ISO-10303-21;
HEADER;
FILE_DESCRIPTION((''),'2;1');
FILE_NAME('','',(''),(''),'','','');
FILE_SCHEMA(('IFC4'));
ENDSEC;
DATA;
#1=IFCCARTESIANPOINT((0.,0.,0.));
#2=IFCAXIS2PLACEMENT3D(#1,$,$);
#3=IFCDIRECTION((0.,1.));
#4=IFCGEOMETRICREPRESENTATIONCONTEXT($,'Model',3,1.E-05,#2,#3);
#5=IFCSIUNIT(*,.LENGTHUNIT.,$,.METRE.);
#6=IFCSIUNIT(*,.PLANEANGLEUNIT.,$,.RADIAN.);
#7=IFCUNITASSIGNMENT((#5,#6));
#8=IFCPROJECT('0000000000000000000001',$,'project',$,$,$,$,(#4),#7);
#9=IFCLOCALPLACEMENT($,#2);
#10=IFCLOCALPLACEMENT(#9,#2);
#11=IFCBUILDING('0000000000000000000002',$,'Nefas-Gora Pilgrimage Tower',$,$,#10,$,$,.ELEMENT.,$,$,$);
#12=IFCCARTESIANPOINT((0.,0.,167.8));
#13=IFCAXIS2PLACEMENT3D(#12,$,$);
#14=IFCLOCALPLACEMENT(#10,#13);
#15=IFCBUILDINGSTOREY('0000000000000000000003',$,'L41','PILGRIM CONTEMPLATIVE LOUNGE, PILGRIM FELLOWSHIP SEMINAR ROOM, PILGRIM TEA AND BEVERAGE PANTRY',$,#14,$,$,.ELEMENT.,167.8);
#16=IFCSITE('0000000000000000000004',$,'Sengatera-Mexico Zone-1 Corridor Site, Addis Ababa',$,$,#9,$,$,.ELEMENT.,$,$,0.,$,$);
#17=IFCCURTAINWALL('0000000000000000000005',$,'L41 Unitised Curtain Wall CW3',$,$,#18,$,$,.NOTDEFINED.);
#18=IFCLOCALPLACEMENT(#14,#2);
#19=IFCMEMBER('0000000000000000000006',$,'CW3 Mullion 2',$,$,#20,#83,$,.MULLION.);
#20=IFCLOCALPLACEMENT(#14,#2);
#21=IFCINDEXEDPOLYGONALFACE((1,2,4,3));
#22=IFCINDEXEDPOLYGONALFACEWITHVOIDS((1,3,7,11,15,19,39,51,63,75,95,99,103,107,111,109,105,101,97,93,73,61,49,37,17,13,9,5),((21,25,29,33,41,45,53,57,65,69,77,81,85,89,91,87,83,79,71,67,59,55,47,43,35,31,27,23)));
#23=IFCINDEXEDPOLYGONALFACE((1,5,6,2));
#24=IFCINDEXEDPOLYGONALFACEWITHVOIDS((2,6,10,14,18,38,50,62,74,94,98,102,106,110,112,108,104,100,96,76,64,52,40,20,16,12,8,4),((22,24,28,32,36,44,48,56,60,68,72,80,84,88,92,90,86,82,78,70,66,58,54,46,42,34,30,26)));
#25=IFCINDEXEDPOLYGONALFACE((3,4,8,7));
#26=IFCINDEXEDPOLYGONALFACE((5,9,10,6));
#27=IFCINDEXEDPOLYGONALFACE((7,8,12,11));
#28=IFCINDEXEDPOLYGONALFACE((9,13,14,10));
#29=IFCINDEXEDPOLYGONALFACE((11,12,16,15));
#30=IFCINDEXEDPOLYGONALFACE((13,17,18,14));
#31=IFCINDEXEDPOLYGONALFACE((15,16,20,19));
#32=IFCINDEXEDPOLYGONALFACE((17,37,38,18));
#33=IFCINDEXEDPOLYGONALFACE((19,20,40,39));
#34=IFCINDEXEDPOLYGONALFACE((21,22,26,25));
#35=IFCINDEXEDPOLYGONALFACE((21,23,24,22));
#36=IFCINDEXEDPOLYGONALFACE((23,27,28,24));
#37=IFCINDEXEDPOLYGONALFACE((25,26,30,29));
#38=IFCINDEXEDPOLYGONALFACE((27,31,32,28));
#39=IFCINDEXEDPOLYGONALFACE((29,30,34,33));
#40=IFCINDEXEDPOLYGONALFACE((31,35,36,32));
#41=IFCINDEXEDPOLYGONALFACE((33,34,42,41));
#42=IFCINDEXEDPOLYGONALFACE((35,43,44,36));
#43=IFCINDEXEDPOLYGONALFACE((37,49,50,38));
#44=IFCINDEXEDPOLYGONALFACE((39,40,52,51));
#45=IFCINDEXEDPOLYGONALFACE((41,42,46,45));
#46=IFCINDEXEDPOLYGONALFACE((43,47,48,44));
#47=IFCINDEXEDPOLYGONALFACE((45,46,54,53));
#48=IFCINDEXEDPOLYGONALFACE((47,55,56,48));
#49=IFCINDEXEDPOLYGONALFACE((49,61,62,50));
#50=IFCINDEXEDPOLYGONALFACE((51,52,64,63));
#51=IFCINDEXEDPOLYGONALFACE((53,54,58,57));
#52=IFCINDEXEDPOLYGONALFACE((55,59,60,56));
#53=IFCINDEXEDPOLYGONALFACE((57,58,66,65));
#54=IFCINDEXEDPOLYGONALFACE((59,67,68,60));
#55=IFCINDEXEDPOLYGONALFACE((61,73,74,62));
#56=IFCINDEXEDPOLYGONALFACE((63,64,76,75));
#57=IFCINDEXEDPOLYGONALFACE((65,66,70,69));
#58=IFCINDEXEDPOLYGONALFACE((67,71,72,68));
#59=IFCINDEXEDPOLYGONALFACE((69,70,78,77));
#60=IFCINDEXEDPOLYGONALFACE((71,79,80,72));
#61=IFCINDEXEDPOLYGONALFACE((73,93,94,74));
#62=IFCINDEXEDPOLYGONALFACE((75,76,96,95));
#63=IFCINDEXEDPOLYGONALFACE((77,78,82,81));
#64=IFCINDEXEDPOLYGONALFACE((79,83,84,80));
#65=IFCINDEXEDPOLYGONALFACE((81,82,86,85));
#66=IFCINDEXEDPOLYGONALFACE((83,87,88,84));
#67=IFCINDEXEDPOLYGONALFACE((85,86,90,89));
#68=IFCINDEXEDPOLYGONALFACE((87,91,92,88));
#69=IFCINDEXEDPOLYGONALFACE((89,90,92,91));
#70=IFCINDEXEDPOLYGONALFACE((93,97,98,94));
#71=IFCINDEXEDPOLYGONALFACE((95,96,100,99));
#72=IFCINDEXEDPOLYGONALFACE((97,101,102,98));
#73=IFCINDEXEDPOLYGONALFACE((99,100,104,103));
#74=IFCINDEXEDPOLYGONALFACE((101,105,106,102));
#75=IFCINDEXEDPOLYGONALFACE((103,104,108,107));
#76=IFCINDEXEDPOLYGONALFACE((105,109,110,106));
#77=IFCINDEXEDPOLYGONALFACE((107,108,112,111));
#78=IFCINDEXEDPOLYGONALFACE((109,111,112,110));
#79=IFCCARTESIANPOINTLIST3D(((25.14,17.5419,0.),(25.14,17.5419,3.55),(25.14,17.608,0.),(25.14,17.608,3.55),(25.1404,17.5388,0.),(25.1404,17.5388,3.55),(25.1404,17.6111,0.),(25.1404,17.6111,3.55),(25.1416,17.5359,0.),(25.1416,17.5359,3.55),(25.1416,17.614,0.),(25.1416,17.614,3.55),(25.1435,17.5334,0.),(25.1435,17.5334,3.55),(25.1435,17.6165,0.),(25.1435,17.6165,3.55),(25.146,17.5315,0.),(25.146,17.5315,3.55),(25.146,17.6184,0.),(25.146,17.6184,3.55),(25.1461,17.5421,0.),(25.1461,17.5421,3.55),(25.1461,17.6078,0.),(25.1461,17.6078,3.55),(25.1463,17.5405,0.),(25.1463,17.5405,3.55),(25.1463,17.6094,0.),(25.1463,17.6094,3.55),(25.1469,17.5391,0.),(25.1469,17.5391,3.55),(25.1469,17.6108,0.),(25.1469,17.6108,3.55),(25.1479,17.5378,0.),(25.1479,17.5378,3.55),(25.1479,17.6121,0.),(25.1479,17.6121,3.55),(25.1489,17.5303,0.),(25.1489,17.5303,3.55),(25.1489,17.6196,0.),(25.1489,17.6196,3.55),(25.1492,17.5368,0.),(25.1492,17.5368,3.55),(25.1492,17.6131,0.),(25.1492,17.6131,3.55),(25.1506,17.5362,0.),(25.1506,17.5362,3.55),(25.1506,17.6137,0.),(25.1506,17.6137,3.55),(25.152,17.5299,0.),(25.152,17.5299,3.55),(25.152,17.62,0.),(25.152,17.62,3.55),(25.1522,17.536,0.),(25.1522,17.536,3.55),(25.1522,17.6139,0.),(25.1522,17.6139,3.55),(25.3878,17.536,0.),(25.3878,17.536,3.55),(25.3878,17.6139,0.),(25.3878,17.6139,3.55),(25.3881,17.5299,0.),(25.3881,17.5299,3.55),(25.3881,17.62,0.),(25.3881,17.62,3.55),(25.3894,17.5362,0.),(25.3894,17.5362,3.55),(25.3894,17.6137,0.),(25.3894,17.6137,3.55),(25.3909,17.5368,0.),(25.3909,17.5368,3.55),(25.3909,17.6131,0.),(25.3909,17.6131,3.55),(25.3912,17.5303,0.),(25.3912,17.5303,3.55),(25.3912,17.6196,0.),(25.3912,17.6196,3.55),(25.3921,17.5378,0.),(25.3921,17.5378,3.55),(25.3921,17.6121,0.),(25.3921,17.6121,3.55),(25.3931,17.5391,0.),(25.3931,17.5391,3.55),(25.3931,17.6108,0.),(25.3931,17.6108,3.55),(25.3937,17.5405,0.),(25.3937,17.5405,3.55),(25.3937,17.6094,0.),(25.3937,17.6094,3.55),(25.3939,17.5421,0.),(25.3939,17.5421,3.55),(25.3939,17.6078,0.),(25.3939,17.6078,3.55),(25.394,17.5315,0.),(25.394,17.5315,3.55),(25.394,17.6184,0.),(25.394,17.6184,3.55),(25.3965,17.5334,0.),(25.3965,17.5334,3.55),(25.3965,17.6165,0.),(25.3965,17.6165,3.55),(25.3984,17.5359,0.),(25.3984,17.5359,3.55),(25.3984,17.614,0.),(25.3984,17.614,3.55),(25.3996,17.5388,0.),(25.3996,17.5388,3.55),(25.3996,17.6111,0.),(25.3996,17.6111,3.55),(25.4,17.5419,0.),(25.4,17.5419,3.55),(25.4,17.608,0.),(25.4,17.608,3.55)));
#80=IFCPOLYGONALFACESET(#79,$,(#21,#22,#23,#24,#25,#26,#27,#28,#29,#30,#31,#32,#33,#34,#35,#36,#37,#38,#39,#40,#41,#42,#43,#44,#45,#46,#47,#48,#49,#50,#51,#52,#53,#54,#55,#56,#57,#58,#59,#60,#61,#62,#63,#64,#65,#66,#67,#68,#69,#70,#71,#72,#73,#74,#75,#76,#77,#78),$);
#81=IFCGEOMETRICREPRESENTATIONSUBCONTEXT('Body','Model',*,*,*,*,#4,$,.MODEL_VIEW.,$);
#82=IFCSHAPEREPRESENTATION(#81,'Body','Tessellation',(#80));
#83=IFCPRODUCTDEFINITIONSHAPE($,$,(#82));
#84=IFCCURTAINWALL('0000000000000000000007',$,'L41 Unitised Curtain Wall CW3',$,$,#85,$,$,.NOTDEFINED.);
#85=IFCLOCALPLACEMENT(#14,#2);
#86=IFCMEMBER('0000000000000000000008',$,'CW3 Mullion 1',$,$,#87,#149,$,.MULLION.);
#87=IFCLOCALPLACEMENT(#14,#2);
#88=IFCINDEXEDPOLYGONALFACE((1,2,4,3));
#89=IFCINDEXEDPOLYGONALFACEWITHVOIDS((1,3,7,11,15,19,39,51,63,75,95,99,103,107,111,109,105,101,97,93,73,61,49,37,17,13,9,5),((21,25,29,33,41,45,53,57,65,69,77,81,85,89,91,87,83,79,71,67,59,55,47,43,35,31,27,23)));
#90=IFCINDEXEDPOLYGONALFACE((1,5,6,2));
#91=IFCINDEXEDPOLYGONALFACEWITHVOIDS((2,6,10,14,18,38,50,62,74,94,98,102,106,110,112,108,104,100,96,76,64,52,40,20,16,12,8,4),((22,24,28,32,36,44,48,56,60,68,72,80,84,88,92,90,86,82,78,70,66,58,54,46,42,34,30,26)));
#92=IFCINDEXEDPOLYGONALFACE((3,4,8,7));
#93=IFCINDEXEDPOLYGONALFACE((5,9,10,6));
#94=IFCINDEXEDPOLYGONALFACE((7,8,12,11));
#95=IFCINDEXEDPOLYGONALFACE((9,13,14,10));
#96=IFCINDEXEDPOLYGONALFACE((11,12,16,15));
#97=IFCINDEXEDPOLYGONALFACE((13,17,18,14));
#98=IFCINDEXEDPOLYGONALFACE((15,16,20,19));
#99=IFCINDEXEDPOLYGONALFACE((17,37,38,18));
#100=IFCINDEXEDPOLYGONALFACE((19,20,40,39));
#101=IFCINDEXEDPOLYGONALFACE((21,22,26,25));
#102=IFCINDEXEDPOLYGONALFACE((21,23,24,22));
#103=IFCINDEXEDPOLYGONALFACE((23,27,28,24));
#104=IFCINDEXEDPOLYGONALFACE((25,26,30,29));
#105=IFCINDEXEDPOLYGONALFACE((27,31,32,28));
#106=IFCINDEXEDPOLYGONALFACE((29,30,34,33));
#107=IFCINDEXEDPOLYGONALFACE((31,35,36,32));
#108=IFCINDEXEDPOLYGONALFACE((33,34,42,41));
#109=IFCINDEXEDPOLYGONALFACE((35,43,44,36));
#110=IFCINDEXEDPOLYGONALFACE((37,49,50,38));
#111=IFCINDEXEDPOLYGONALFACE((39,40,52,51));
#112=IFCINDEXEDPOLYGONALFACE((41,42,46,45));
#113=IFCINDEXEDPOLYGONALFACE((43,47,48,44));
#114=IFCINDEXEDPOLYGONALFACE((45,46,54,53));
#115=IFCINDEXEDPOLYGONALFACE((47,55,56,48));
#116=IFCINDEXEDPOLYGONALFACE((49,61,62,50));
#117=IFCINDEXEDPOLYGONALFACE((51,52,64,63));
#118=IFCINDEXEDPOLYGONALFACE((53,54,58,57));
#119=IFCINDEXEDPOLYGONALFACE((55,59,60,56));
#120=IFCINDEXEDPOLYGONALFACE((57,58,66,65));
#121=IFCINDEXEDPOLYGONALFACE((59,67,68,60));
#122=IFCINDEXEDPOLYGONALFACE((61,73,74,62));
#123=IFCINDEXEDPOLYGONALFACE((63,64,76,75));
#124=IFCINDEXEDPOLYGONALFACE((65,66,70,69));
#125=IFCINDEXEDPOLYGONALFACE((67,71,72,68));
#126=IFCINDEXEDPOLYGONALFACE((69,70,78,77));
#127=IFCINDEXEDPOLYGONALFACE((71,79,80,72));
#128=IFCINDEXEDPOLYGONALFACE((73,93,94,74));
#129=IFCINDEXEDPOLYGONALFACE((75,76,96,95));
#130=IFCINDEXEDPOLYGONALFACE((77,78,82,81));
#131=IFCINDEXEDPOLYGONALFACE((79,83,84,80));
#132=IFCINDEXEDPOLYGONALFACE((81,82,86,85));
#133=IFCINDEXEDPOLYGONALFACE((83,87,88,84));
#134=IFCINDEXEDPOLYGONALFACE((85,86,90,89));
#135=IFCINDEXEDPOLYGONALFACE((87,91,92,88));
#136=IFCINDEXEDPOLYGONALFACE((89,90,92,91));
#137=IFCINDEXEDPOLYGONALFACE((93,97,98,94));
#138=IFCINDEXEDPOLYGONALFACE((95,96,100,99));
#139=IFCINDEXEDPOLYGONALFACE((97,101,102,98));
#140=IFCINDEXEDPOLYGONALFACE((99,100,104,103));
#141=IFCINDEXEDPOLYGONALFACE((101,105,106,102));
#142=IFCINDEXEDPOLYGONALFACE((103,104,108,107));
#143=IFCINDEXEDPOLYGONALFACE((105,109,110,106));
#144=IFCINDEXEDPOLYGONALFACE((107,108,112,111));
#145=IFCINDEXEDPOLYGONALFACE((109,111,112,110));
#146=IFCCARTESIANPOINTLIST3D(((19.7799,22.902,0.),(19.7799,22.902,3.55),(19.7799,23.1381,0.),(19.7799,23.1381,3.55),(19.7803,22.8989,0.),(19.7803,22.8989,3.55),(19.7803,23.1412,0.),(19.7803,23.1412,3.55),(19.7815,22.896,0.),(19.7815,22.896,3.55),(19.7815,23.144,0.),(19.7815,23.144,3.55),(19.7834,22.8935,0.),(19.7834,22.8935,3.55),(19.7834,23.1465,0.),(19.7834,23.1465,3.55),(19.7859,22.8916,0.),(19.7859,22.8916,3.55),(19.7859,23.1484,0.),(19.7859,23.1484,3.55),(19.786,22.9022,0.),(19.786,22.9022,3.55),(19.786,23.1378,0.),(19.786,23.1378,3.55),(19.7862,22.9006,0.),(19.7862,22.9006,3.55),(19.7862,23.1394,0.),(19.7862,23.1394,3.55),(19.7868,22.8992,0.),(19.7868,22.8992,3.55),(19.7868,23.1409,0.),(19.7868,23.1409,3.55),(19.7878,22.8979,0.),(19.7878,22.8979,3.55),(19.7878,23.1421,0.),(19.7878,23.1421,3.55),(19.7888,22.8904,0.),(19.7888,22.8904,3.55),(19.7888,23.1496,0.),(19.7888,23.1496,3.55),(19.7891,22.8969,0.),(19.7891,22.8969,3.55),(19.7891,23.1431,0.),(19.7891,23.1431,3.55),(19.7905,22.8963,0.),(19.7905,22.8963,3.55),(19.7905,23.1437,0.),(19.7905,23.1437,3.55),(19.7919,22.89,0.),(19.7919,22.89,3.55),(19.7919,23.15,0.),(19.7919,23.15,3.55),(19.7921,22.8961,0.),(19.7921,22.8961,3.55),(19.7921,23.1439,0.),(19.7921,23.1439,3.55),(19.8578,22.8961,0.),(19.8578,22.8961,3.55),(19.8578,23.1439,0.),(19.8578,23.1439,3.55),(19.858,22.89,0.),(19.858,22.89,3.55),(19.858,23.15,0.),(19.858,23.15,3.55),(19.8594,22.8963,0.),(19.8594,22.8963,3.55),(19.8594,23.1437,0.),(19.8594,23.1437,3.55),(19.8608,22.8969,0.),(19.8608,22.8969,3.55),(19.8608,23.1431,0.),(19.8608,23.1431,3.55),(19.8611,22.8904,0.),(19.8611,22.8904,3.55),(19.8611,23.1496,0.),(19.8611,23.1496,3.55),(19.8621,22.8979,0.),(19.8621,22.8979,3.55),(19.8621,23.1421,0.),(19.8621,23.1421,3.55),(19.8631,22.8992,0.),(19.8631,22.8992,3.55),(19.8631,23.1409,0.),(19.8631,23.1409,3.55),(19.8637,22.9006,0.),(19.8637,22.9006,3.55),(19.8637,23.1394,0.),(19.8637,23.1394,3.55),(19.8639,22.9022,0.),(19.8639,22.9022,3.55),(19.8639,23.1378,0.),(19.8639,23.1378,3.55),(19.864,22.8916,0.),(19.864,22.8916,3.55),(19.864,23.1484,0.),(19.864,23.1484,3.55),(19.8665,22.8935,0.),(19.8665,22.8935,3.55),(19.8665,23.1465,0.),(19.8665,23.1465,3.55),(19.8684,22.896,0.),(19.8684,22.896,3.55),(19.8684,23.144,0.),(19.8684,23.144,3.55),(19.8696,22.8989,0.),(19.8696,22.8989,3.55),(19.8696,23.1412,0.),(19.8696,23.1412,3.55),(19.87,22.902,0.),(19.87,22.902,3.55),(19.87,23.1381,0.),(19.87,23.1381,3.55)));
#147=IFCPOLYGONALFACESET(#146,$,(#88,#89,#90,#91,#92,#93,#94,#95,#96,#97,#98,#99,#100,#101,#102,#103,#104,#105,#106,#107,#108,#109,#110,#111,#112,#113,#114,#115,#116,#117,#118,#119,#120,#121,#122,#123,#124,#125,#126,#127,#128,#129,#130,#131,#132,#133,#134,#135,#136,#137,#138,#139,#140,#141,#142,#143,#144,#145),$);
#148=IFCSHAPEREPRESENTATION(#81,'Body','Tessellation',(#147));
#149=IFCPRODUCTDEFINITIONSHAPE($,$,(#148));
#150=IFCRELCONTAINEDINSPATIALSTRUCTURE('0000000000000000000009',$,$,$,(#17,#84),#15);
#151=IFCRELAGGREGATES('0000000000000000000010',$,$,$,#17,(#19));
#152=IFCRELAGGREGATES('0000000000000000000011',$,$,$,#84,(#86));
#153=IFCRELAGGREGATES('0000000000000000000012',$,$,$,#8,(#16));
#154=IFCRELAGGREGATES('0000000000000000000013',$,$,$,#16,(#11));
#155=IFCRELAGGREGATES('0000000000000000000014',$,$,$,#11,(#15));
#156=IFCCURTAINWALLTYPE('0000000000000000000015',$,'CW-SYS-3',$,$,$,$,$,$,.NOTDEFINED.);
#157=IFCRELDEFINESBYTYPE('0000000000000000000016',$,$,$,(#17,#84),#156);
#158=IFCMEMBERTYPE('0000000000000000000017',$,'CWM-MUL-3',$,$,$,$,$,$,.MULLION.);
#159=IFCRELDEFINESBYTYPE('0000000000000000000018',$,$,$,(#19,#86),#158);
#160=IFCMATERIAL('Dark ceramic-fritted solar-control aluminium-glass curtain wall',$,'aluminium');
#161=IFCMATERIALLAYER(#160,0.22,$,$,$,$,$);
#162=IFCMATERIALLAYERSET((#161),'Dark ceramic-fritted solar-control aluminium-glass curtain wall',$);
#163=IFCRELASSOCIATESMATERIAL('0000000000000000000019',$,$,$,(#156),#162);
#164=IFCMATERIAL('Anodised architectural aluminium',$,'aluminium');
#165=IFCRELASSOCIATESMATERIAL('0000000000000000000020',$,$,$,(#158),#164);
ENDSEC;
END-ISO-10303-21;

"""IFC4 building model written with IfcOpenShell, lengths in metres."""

from ifc_helpers import new_model, si_unit, direction, frame, origin, origin_2d, place, context, subcontext, project, spatial, hollow_rectangle, extrude, source, transform, mapped, material, layer, layer_set, material_profile, profile_set, type_object, element, aggregate, save


model = new_model("IFC4")

# Units and contexts
model_context = context("Model", 3, precision=1e-05, world=origin(), true_north=direction((0.0, 1.0)))
body_context = subcontext(model_context, "Body", "Model", "MODEL_VIEW")
ifc_project = project(units=[si_unit("LENGTHUNIT", "METRE"), si_unit("PLANEANGLEUNIT", "RADIAN")], contexts=[model_context])

# Site, building, storey
site_placement = place(None, origin())
site = spatial("IfcSite", under=ifc_project, at=site_placement, Name="Sengatera-Mexico Zone-1 Corridor Site, Addis Ababa", CompositionType="ELEMENT", RefElevation=0.0)
building_placement = place(site_placement, origin())
building = spatial("IfcBuilding", under=site, at=building_placement, Name="Nefas-Gora Pilgrimage Tower", CompositionType="ELEMENT")
storey_placement = place(building_placement, frame((0.0, 0.0, 167.8)))
storey = spatial("IfcBuildingStorey", under=building, at=storey_placement, Name="L41", Description="PILGRIM CONTEMPLATIVE LOUNGE, PILGRIM FELLOWSHIP SEMINAR ROOM, PILGRIM TEA AND BEVERAGE PANTRY", CompositionType="ELEMENT", Elevation=167.8)

# Curtain wall, member
ifc_material_1 = material(Name="Dark ceramic-fritted solar-control aluminium-glass curtain wall", Category="aluminium")
ifc_layer_1 = layer(ifc_material_1, 0.22)
ifc_layer_set_1 = layer_set([ifc_layer_1], Name="Dark ceramic-fritted solar-control aluminium-glass curtain wall")
curtain_wall_type = type_object("IfcCurtainWallType", Name="CW-SYS-3", PredefinedType="NOTDEFINED", material=ifc_layer_set_1)
curtain_wall_1_placement = place(storey_placement, origin())
curtain_wall_1 = element("IfcCurtainWall", 1, at=curtain_wall_1_placement, inside=storey, type_object=curtain_wall_type, Name="L41 Unitised Curtain Wall CW3", PredefinedType="NOTDEFINED")
ifc_material_2 = material(Name="Anodised architectural aluminium", Category="aluminium")
ifc_material_profile_1 = material_profile(ifc_material_2, hollow_rectangle(XDim=0.0901, YDim=0.26, WallThickness=0.0061, InnerFilletRadius=0.0061, OuterFilletRadius=0.012, at=origin_2d()), Name="ALU MULLION 90x260")
ifc_profile_set_1 = profile_set([ifc_material_profile_1], Name="Anodised architectural aluminium")
member_type_1 = type_object("IfcMemberType", Name="CWM-MUL-3", PredefinedType="MULLION", material=ifc_profile_set_1)
shared_shape_1 = source(origin(), body_context, "Body", "SweptSolid", [
    extrude(hollow_rectangle(XDim=0.0901, YDim=0.26, WallThickness=0.0061, InnerFilletRadius=0.0061, OuterFilletRadius=0.012, at=origin_2d()), origin(), (0.0, 0.0, 1.0), 3.55),
])
member_1_placement = place(storey_placement, frame((25.27, 17.575, 0.0), z_axis=(0.0, 0.0, 1.0), x_axis=(0.0, 1.0, 0.0)))
member_1 = element("IfcMember", 2, at=member_1_placement, type_object=member_type_1, Name="CW3 Mullion 2", PredefinedType="MULLION", context=body_context, shape_type="MappedRepresentation", body=[
    mapped(shared_shape_1, transform((0.0, 0.0, 0.0), x_axis=(1.0, 0.0, 0.0), y_axis=(0.0, 1.0, 0.0), z_axis=(0.0, 0.0, 1.0), scale=1.0)),
])
aggregate(curtain_wall_1, [member_1])

# Curtain wall, member
curtain_wall_2_placement = place(storey_placement, origin())
curtain_wall_2 = element("IfcCurtainWall", 3, at=curtain_wall_2_placement, inside=storey, type_object=curtain_wall_type, Name="L41 Unitised Curtain Wall CW3", PredefinedType="NOTDEFINED")
member_2_placement = place(storey_placement, frame((19.825, 23.02, 0.0), z_axis=(0.0, 0.0, 1.0), x_axis=(-1.0, 0.0, 0.0)))
member_2 = element("IfcMember", 4, at=member_2_placement, type_object=member_type_1, Name="CW3 Mullion 1", PredefinedType="MULLION", context=body_context, shape_type="MappedRepresentation", body=[
    mapped(shared_shape_1, transform((0.0, 0.0, 0.0), x_axis=(1.0, 0.0, 0.0), y_axis=(0.0, 1.0, 0.0), z_axis=(0.0, 0.0, 1.0), scale=1.0)),
])
aggregate(curtain_wall_2, [member_2])

save(model, "model.ifc")
